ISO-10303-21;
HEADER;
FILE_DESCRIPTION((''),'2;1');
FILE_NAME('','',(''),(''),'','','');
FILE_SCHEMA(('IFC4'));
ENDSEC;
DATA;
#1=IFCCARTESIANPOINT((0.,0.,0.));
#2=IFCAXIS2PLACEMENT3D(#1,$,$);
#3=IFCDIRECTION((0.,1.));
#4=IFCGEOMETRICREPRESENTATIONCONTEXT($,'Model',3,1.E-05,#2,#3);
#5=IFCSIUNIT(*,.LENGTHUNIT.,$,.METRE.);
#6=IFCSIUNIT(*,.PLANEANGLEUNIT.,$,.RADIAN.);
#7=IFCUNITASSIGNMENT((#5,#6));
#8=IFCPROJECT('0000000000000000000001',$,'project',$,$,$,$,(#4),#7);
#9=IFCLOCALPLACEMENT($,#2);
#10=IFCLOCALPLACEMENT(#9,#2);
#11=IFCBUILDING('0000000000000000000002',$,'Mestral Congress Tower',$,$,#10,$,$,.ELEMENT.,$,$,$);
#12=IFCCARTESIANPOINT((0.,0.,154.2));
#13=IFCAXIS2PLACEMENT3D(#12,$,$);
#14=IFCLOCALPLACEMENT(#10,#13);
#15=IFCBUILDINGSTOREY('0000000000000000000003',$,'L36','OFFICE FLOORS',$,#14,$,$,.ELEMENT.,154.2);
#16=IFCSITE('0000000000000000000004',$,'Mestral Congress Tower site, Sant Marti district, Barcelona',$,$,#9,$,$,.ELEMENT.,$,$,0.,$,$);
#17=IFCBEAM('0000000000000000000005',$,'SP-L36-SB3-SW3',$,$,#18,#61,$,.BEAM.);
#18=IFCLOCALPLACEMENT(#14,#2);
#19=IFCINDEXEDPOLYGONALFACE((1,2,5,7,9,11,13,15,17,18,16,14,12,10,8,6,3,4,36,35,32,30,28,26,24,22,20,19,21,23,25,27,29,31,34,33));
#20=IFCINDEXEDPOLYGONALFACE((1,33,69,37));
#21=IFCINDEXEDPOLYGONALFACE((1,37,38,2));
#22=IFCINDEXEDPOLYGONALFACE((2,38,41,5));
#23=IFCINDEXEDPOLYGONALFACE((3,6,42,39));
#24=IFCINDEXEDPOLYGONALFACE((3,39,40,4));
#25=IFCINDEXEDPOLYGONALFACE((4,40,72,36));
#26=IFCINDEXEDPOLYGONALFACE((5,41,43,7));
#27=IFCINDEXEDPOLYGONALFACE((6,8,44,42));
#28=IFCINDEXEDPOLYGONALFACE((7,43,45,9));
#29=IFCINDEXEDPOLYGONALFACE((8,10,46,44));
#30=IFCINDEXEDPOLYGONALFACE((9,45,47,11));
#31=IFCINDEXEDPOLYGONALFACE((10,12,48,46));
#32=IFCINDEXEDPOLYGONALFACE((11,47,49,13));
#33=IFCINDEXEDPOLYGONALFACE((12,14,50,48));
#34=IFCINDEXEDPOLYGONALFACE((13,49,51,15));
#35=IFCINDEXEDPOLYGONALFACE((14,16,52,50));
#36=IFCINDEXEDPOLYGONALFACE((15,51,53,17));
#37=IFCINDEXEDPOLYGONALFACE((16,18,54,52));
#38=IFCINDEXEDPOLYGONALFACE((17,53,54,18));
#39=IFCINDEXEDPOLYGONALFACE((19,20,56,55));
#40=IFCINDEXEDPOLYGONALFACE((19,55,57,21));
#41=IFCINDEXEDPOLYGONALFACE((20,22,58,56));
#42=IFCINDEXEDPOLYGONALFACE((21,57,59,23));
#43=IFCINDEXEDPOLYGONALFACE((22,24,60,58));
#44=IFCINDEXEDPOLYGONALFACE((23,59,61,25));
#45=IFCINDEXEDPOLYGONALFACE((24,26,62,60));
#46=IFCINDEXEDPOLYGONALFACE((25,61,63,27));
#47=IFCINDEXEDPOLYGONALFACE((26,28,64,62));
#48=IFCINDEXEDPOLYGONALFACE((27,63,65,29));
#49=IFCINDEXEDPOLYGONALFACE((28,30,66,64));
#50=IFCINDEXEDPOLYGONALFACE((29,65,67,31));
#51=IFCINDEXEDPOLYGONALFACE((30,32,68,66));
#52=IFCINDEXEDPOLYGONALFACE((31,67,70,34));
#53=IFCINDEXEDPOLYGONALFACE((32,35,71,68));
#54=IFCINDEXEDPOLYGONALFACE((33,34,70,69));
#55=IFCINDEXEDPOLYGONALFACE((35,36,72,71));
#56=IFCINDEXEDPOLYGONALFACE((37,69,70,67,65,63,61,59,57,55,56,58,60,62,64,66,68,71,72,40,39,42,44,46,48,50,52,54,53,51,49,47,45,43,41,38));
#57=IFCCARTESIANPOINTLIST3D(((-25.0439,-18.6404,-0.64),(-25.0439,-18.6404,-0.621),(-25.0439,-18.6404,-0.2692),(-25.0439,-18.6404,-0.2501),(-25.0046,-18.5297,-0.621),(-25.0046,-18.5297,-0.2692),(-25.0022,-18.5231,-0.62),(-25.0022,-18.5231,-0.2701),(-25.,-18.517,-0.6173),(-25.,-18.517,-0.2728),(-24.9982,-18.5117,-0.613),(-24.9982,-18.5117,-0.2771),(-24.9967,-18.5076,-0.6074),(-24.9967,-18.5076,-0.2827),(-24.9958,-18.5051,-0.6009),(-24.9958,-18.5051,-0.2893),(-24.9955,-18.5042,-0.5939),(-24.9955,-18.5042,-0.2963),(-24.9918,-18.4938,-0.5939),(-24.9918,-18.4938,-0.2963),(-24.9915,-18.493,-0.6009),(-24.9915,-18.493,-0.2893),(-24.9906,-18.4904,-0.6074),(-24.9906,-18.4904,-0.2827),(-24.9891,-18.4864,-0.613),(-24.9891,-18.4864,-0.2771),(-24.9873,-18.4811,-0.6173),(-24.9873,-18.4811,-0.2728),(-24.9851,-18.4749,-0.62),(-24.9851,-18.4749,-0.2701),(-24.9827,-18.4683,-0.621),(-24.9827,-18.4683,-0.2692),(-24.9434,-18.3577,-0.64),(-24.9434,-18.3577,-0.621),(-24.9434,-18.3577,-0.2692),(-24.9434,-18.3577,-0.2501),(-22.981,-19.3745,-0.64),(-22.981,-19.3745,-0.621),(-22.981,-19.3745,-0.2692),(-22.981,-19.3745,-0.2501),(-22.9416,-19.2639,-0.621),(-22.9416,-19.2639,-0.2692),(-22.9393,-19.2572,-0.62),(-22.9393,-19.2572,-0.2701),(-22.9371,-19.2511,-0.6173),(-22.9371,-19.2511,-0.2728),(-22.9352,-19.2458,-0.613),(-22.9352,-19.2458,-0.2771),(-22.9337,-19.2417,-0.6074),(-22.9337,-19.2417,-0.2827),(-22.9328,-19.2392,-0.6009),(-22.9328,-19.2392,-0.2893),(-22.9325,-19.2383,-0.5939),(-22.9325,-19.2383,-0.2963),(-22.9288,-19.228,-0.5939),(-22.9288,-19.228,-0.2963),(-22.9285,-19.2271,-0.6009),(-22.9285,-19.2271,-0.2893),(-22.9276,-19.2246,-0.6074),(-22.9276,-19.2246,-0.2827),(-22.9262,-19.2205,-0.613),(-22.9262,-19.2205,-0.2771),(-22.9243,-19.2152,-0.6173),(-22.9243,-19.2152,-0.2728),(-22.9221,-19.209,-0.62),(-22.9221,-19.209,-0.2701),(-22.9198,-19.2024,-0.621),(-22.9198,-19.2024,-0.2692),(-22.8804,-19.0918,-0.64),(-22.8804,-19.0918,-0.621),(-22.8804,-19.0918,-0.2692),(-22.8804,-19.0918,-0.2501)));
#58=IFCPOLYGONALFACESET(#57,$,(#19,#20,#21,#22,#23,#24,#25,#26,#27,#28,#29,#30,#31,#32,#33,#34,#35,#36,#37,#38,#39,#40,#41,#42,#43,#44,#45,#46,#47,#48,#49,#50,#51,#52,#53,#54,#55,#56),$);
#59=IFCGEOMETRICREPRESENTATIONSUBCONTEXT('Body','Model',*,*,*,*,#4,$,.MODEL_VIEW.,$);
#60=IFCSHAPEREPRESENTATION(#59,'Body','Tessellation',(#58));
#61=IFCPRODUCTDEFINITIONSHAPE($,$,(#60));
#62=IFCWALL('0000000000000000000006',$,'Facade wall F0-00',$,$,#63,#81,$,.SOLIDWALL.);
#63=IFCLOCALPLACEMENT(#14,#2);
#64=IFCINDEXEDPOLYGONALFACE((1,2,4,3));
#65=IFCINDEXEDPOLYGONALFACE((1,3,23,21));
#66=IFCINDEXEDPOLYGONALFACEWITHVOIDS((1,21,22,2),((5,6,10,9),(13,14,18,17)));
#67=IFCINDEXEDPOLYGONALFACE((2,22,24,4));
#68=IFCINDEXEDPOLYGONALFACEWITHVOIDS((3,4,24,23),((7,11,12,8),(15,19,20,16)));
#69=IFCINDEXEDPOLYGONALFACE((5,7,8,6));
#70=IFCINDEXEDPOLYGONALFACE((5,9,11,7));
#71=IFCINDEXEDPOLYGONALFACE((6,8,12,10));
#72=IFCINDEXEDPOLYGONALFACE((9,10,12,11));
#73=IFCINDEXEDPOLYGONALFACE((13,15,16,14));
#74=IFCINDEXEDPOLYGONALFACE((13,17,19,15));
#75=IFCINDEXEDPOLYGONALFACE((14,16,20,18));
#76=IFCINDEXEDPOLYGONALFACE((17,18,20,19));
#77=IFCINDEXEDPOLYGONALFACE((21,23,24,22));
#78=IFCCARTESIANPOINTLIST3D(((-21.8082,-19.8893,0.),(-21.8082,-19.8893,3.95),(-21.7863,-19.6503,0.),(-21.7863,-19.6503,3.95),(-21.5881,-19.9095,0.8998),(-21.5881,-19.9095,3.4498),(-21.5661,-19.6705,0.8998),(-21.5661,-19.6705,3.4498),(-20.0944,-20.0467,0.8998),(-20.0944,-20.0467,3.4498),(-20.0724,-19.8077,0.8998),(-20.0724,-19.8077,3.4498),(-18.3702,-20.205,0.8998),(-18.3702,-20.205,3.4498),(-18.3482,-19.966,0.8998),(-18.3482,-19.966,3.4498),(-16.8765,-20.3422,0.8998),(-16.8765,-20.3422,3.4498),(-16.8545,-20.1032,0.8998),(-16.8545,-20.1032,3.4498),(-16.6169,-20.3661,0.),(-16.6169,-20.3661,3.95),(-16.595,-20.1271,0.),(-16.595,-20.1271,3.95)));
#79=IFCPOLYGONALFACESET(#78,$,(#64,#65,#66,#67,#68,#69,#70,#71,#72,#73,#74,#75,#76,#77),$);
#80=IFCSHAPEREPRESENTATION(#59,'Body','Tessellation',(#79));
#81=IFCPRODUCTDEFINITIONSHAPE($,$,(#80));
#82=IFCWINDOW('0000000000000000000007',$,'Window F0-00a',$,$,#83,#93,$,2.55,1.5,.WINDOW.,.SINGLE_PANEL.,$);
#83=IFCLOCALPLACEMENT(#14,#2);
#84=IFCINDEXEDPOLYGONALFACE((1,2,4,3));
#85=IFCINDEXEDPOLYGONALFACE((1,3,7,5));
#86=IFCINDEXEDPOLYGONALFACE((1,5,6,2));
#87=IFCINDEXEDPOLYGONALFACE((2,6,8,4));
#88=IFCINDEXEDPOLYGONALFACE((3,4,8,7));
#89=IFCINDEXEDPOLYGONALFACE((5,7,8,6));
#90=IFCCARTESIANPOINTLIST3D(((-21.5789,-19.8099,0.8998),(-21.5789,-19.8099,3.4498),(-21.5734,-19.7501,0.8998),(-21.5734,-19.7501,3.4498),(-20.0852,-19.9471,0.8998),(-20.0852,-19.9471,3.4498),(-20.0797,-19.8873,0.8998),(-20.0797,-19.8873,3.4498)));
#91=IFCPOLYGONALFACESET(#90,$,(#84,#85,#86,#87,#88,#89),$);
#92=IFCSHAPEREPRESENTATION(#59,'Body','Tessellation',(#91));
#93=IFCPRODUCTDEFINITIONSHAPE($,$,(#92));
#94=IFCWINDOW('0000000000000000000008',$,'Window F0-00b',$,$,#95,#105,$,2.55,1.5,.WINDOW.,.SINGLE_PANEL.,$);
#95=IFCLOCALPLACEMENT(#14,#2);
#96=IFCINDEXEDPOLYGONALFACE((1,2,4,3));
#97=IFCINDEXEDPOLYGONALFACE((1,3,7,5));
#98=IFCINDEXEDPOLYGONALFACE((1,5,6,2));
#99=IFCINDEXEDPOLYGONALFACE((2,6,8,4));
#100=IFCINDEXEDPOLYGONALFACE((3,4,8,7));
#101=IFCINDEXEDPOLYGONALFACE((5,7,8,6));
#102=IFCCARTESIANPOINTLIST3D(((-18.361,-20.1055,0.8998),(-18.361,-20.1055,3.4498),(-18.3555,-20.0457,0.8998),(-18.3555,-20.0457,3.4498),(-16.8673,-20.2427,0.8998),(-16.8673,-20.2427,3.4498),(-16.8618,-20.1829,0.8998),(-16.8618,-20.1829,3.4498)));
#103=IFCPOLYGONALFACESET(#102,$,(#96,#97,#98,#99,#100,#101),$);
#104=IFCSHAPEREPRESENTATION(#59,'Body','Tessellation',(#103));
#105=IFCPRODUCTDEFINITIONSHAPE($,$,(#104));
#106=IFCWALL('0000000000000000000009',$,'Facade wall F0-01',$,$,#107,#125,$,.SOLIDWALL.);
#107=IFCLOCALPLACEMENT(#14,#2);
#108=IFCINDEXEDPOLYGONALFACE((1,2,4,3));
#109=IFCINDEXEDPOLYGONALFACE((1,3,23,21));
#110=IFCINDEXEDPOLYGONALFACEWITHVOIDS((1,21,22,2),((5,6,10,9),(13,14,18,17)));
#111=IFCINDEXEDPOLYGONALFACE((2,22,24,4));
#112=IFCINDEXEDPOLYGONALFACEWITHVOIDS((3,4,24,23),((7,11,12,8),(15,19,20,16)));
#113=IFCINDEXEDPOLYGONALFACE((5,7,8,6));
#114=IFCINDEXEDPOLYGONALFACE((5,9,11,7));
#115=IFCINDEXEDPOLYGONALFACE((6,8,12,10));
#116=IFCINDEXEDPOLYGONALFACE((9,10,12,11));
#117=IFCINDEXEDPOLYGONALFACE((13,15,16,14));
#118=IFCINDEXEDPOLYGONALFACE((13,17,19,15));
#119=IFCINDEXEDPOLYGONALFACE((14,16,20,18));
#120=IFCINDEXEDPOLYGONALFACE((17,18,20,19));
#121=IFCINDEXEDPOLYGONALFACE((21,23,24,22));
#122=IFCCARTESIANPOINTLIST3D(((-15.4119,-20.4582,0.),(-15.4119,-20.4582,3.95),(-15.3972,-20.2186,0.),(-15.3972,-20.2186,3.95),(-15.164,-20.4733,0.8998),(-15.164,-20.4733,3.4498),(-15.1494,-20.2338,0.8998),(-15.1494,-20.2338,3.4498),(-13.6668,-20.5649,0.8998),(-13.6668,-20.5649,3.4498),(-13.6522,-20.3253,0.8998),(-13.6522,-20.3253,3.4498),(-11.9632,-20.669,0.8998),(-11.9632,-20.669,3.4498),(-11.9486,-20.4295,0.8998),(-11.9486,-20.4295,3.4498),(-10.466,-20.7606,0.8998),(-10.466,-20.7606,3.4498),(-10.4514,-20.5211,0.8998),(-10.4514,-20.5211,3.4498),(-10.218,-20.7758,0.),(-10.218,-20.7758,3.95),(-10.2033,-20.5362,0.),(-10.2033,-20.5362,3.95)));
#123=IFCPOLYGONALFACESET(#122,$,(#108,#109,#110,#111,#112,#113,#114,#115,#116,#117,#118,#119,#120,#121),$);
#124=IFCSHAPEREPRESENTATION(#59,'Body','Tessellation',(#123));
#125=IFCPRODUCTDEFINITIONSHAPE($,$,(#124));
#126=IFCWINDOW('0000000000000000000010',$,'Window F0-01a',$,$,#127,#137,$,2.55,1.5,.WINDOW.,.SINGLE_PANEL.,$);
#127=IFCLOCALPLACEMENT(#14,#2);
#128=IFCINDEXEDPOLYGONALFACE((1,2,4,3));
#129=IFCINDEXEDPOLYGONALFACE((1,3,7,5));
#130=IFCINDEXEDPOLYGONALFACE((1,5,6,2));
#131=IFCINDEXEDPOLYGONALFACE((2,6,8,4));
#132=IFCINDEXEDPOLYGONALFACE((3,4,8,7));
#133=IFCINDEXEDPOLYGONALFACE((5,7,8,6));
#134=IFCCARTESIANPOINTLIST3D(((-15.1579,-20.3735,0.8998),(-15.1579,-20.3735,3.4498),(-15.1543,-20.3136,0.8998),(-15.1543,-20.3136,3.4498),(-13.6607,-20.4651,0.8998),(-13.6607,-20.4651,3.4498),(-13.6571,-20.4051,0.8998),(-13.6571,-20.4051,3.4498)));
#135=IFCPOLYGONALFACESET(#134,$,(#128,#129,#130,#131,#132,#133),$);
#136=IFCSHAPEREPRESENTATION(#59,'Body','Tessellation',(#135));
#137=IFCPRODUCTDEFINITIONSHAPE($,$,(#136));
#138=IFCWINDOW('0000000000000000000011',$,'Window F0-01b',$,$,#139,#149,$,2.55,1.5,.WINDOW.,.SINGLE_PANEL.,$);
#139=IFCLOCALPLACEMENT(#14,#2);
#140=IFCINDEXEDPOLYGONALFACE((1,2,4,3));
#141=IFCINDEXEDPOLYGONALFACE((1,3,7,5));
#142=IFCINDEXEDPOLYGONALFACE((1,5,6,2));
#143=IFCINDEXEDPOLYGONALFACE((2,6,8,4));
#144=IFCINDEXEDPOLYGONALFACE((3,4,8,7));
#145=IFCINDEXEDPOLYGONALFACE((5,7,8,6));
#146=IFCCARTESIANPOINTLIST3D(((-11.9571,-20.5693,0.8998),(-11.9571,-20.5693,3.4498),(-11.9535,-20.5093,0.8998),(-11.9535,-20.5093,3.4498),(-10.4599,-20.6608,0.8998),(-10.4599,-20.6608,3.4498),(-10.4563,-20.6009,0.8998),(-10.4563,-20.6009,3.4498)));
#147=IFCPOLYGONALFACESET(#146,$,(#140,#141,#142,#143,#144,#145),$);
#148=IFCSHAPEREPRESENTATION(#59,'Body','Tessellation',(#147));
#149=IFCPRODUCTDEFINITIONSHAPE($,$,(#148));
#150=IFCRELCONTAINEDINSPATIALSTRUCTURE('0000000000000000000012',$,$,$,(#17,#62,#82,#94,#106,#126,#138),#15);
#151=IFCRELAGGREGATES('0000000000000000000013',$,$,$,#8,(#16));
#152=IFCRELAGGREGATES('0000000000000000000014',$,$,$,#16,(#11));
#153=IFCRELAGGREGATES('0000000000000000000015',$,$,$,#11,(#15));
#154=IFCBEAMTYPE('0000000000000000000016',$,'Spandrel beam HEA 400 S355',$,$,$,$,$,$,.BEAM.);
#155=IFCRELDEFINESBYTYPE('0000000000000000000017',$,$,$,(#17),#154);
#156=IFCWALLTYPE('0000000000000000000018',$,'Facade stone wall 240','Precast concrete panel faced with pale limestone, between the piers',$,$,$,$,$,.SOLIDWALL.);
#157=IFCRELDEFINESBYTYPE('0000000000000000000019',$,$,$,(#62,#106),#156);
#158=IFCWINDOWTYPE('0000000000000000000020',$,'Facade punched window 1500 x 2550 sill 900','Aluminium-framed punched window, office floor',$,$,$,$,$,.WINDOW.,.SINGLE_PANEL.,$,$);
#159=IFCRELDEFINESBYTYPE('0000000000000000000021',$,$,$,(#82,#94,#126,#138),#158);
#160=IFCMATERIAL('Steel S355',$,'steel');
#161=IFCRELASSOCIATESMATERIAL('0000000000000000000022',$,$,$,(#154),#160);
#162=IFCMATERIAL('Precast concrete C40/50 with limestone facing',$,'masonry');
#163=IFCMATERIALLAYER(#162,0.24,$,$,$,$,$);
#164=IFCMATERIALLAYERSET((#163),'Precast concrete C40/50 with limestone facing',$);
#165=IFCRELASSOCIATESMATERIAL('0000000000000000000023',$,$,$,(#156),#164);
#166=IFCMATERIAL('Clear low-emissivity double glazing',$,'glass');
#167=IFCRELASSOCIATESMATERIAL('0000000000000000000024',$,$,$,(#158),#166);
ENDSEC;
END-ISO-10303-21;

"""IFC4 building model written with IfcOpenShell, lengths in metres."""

from ifc_helpers import new_model, si_unit, direction, frame, frame_2d, origin, origin_2d, place, context, subcontext, project, spatial, rectangle, i_section, extrude, material, layer, layer_set, material_profile, profile_set, type_object, element, fill, save


model = new_model("IFC4")

# Units and contexts
model_context = context("Model", 3, precision=1e-05, world=origin(), true_north=direction((0.0, 1.0)))
body_context = subcontext(model_context, "Body", "Model", "MODEL_VIEW")
ifc_project = project(units=[si_unit("LENGTHUNIT", "METRE"), si_unit("PLANEANGLEUNIT", "RADIAN")], contexts=[model_context])

# Site, building, storey
site_placement = place(None, origin())
site = spatial("IfcSite", under=ifc_project, at=site_placement, Name="Mestral Congress Tower site, Sant Marti district, Barcelona", CompositionType="ELEMENT", RefElevation=0.0)
building_placement = place(site_placement, origin())
building = spatial("IfcBuilding", under=site, at=building_placement, Name="Mestral Congress Tower", CompositionType="ELEMENT")
storey_placement = place(building_placement, frame((0.0, 0.0, 154.2)))
storey = spatial("IfcBuildingStorey", under=building, at=storey_placement, Name="L36", Description="OFFICE FLOORS", CompositionType="ELEMENT", Elevation=154.2)

# Beam
ifc_material_1 = material(Name="Steel S355", Category="steel")
ifc_material_profile_1 = material_profile(ifc_material_1, i_section(OverallWidth=0.3, OverallDepth=0.3899, WebThickness=0.011, FlangeThickness=0.019, FilletRadius=0.0271, at=origin_2d()), Name="HEA 400")
ifc_profile_set_1 = profile_set([ifc_material_profile_1], Name="Steel S355")
beam_type_1 = type_object("IfcBeamType", Name="Spandrel beam HEA 400 S355", PredefinedType="BEAM", material=ifc_profile_set_1)
beam_1_placement = place(storey_placement, frame((-24.9937, -18.499, -0.4451), z_axis=(0.942125, -0.335263, 0.0), x_axis=(0.335263, 0.942125, 0.0)))
element("IfcBeam", 1, at=beam_1_placement, inside=storey, type_object=beam_type_1, Name="SP-L36-SB3-SW3", PredefinedType="BEAM", context=body_context, shape_type="SweptSolid", body=[
    extrude(i_section(OverallWidth=0.3, OverallDepth=0.3899, WebThickness=0.011, FlangeThickness=0.019, FilletRadius=0.0271, at=origin_2d()), origin(), (0.0, 0.0, 1.0), 2.1897),
])

# Walls, openings, windows
ifc_material_2 = material(Name="Precast concrete C40/50 with limestone facing", Category="masonry")
ifc_layer_1 = layer(ifc_material_2, 0.24)
ifc_layer_set_1 = layer_set([ifc_layer_1], Name="Precast concrete C40/50 with limestone facing")
wall_type_1 = type_object("IfcWallType", Name="Facade stone wall 240", Description="Precast concrete panel faced with pale limestone, between the piers", PredefinedType="SOLIDWALL", material=ifc_layer_set_1)
wall_1_placement = place(storey_placement, frame((-21.7971, -19.7698, 0.0), z_axis=(0.0, 0.0, 1.0), x_axis=(0.995809, -0.09146, 0.0)))
wall_1 = element("IfcWall", 2, at=wall_1_placement, inside=storey, type_object=wall_type_1, Name="Facade wall F0-00", PredefinedType="SOLIDWALL", context=body_context, shape_type="SweptSolid", body=[
    extrude(rectangle(XDim=5.2131, YDim=0.24, at=frame_2d((2.6064, 0.0))), origin(), (0.0, 0.0, 1.0), 3.95),
])
opening_1_placement = place(wall_1_placement, frame((0.2209, 0.0, 0.8999)))
opening_1 = element("IfcOpeningElement", 3, at=opening_1_placement, cuts=wall_1, PredefinedType="OPENING", context=body_context, shape_type="SweptSolid", body=[
    extrude(rectangle(XDim=1.5, YDim=2.55, at=frame_2d((0.75, 1.2749))), frame((0.0, 0.1299, 0.0), z_axis=(0.0, -1.0, 0.0), x_axis=(1.0, 0.0, 0.0)), (0.0, 0.0, 1.0), 0.26),
])
opening_2_placement = place(wall_1_placement, frame((3.4524, 0.0, 0.8999)))
opening_2 = element("IfcOpeningElement", 4, at=opening_2_placement, cuts=wall_1, PredefinedType="OPENING", context=body_context, shape_type="SweptSolid", body=[
    extrude(rectangle(XDim=1.5, YDim=2.55, at=frame_2d((0.75, 1.2749))), frame((0.0, 0.1299, 0.0), z_axis=(0.0, -1.0, 0.0), x_axis=(1.0, 0.0, 0.0)), (0.0, 0.0, 1.0), 0.26),
])
ifc_material_3 = material(Name="Clear low-emissivity double glazing", Category="glass")
window_type_1 = type_object("IfcWindowType", Name="Facade punched window 1500 x 2550 sill 900", Description="Aluminium-framed punched window, office floor", PartitioningType="SINGLE_PANEL", PredefinedType="WINDOW", material=ifc_material_3)
window_1_placement = place(opening_1_placement, origin())
window_1 = element("IfcWindow", 5, at=window_1_placement, inside=storey, type_object=window_type_1, Name="Window F0-00a", OverallHeight=2.55, OverallWidth=1.5, PartitioningType="SINGLE_PANEL", PredefinedType="WINDOW", context=body_context, shape_type="SweptSolid", body=[
    extrude(rectangle(XDim=1.5, YDim=2.55, at=frame_2d((0.75, 1.2749))), frame((0.0, 0.04, 0.0), z_axis=(0.0, -1.0, 0.0), x_axis=(1.0, 0.0, 0.0)), (0.0, 0.0, 1.0), 0.0601),
])
fill(opening_1, window_1)
window_2_placement = place(opening_2_placement, origin())
window_2 = element("IfcWindow", 6, at=window_2_placement, inside=storey, type_object=window_type_1, Name="Window F0-00b", OverallHeight=2.55, OverallWidth=1.5, PartitioningType="SINGLE_PANEL", PredefinedType="WINDOW", context=body_context, shape_type="SweptSolid", body=[
    extrude(rectangle(XDim=1.5, YDim=2.55, at=frame_2d((0.75, 1.2749))), frame((0.0, 0.04, 0.0), z_axis=(0.0, -1.0, 0.0), x_axis=(1.0, 0.0, 0.0)), (0.0, 0.0, 1.0), 0.0601),
])
fill(opening_2, window_2)
wall_2_placement = place(storey_placement, frame((-15.4045, -20.3384, 0.0), z_axis=(0.0, 0.0, 1.0), x_axis=(0.998135, -0.06104, 0.0)))
wall_2 = element("IfcWall", 7, at=wall_2_placement, inside=storey, type_object=wall_type_1, Name="Facade wall F0-01", PredefinedType="SOLIDWALL", context=body_context, shape_type="SweptSolid", body=[
    extrude(rectangle(XDim=5.2036, YDim=0.24, at=frame_2d((2.6018, 0.0))), origin(), (0.0, 0.0, 1.0), 3.95),
])
opening_3_placement = place(wall_2_placement, frame((0.2483, 0.0, 0.8999)))
opening_3 = element("IfcOpeningElement", 8, at=opening_3_placement, cuts=wall_2, PredefinedType="OPENING", context=body_context, shape_type="SweptSolid", body=[
    extrude(rectangle(XDim=1.5, YDim=2.55, at=frame_2d((0.75, 1.2749))), frame((0.0, 0.1299, 0.0), z_axis=(0.0, -1.0, 0.0), x_axis=(1.0, 0.0, 0.0)), (0.0, 0.0, 1.0), 0.26),
])
opening_4_placement = place(wall_2_placement, frame((3.4551, 0.0, 0.8999)))
opening_4 = element("IfcOpeningElement", 9, at=opening_4_placement, cuts=wall_2, PredefinedType="OPENING", context=body_context, shape_type="SweptSolid", body=[
    extrude(rectangle(XDim=1.5, YDim=2.55, at=frame_2d((0.75, 1.2749))), frame((0.0, 0.1299, 0.0), z_axis=(0.0, -1.0, 0.0), x_axis=(1.0, 0.0, 0.0)), (0.0, 0.0, 1.0), 0.26),
])
window_3_placement = place(opening_3_placement, origin())
window_3 = element("IfcWindow", 10, at=window_3_placement, inside=storey, type_object=window_type_1, Name="Window F0-01a", OverallHeight=2.55, OverallWidth=1.5, PartitioningType="SINGLE_PANEL", PredefinedType="WINDOW", context=body_context, shape_type="SweptSolid", body=[
    extrude(rectangle(XDim=1.5, YDim=2.55, at=frame_2d((0.75, 1.2749))), frame((0.0, 0.04, 0.0), z_axis=(0.0, -1.0, 0.0), x_axis=(1.0, 0.0, 0.0)), (0.0, 0.0, 1.0), 0.0601),
])
fill(opening_3, window_3)
window_4_placement = place(opening_4_placement, origin())
window_4 = element("IfcWindow", 11, at=window_4_placement, inside=storey, type_object=window_type_1, Name="Window F0-01b", OverallHeight=2.55, OverallWidth=1.5, PartitioningType="SINGLE_PANEL", PredefinedType="WINDOW", context=body_context, shape_type="SweptSolid", body=[
    extrude(rectangle(XDim=1.5, YDim=2.55, at=frame_2d((0.75, 1.2749))), frame((0.0, 0.04, 0.0), z_axis=(0.0, -1.0, 0.0), x_axis=(1.0, 0.0, 0.0)), (0.0, 0.0, 1.0), 0.0601),
])
fill(opening_4, window_4)

save(model, "model.ifc")
